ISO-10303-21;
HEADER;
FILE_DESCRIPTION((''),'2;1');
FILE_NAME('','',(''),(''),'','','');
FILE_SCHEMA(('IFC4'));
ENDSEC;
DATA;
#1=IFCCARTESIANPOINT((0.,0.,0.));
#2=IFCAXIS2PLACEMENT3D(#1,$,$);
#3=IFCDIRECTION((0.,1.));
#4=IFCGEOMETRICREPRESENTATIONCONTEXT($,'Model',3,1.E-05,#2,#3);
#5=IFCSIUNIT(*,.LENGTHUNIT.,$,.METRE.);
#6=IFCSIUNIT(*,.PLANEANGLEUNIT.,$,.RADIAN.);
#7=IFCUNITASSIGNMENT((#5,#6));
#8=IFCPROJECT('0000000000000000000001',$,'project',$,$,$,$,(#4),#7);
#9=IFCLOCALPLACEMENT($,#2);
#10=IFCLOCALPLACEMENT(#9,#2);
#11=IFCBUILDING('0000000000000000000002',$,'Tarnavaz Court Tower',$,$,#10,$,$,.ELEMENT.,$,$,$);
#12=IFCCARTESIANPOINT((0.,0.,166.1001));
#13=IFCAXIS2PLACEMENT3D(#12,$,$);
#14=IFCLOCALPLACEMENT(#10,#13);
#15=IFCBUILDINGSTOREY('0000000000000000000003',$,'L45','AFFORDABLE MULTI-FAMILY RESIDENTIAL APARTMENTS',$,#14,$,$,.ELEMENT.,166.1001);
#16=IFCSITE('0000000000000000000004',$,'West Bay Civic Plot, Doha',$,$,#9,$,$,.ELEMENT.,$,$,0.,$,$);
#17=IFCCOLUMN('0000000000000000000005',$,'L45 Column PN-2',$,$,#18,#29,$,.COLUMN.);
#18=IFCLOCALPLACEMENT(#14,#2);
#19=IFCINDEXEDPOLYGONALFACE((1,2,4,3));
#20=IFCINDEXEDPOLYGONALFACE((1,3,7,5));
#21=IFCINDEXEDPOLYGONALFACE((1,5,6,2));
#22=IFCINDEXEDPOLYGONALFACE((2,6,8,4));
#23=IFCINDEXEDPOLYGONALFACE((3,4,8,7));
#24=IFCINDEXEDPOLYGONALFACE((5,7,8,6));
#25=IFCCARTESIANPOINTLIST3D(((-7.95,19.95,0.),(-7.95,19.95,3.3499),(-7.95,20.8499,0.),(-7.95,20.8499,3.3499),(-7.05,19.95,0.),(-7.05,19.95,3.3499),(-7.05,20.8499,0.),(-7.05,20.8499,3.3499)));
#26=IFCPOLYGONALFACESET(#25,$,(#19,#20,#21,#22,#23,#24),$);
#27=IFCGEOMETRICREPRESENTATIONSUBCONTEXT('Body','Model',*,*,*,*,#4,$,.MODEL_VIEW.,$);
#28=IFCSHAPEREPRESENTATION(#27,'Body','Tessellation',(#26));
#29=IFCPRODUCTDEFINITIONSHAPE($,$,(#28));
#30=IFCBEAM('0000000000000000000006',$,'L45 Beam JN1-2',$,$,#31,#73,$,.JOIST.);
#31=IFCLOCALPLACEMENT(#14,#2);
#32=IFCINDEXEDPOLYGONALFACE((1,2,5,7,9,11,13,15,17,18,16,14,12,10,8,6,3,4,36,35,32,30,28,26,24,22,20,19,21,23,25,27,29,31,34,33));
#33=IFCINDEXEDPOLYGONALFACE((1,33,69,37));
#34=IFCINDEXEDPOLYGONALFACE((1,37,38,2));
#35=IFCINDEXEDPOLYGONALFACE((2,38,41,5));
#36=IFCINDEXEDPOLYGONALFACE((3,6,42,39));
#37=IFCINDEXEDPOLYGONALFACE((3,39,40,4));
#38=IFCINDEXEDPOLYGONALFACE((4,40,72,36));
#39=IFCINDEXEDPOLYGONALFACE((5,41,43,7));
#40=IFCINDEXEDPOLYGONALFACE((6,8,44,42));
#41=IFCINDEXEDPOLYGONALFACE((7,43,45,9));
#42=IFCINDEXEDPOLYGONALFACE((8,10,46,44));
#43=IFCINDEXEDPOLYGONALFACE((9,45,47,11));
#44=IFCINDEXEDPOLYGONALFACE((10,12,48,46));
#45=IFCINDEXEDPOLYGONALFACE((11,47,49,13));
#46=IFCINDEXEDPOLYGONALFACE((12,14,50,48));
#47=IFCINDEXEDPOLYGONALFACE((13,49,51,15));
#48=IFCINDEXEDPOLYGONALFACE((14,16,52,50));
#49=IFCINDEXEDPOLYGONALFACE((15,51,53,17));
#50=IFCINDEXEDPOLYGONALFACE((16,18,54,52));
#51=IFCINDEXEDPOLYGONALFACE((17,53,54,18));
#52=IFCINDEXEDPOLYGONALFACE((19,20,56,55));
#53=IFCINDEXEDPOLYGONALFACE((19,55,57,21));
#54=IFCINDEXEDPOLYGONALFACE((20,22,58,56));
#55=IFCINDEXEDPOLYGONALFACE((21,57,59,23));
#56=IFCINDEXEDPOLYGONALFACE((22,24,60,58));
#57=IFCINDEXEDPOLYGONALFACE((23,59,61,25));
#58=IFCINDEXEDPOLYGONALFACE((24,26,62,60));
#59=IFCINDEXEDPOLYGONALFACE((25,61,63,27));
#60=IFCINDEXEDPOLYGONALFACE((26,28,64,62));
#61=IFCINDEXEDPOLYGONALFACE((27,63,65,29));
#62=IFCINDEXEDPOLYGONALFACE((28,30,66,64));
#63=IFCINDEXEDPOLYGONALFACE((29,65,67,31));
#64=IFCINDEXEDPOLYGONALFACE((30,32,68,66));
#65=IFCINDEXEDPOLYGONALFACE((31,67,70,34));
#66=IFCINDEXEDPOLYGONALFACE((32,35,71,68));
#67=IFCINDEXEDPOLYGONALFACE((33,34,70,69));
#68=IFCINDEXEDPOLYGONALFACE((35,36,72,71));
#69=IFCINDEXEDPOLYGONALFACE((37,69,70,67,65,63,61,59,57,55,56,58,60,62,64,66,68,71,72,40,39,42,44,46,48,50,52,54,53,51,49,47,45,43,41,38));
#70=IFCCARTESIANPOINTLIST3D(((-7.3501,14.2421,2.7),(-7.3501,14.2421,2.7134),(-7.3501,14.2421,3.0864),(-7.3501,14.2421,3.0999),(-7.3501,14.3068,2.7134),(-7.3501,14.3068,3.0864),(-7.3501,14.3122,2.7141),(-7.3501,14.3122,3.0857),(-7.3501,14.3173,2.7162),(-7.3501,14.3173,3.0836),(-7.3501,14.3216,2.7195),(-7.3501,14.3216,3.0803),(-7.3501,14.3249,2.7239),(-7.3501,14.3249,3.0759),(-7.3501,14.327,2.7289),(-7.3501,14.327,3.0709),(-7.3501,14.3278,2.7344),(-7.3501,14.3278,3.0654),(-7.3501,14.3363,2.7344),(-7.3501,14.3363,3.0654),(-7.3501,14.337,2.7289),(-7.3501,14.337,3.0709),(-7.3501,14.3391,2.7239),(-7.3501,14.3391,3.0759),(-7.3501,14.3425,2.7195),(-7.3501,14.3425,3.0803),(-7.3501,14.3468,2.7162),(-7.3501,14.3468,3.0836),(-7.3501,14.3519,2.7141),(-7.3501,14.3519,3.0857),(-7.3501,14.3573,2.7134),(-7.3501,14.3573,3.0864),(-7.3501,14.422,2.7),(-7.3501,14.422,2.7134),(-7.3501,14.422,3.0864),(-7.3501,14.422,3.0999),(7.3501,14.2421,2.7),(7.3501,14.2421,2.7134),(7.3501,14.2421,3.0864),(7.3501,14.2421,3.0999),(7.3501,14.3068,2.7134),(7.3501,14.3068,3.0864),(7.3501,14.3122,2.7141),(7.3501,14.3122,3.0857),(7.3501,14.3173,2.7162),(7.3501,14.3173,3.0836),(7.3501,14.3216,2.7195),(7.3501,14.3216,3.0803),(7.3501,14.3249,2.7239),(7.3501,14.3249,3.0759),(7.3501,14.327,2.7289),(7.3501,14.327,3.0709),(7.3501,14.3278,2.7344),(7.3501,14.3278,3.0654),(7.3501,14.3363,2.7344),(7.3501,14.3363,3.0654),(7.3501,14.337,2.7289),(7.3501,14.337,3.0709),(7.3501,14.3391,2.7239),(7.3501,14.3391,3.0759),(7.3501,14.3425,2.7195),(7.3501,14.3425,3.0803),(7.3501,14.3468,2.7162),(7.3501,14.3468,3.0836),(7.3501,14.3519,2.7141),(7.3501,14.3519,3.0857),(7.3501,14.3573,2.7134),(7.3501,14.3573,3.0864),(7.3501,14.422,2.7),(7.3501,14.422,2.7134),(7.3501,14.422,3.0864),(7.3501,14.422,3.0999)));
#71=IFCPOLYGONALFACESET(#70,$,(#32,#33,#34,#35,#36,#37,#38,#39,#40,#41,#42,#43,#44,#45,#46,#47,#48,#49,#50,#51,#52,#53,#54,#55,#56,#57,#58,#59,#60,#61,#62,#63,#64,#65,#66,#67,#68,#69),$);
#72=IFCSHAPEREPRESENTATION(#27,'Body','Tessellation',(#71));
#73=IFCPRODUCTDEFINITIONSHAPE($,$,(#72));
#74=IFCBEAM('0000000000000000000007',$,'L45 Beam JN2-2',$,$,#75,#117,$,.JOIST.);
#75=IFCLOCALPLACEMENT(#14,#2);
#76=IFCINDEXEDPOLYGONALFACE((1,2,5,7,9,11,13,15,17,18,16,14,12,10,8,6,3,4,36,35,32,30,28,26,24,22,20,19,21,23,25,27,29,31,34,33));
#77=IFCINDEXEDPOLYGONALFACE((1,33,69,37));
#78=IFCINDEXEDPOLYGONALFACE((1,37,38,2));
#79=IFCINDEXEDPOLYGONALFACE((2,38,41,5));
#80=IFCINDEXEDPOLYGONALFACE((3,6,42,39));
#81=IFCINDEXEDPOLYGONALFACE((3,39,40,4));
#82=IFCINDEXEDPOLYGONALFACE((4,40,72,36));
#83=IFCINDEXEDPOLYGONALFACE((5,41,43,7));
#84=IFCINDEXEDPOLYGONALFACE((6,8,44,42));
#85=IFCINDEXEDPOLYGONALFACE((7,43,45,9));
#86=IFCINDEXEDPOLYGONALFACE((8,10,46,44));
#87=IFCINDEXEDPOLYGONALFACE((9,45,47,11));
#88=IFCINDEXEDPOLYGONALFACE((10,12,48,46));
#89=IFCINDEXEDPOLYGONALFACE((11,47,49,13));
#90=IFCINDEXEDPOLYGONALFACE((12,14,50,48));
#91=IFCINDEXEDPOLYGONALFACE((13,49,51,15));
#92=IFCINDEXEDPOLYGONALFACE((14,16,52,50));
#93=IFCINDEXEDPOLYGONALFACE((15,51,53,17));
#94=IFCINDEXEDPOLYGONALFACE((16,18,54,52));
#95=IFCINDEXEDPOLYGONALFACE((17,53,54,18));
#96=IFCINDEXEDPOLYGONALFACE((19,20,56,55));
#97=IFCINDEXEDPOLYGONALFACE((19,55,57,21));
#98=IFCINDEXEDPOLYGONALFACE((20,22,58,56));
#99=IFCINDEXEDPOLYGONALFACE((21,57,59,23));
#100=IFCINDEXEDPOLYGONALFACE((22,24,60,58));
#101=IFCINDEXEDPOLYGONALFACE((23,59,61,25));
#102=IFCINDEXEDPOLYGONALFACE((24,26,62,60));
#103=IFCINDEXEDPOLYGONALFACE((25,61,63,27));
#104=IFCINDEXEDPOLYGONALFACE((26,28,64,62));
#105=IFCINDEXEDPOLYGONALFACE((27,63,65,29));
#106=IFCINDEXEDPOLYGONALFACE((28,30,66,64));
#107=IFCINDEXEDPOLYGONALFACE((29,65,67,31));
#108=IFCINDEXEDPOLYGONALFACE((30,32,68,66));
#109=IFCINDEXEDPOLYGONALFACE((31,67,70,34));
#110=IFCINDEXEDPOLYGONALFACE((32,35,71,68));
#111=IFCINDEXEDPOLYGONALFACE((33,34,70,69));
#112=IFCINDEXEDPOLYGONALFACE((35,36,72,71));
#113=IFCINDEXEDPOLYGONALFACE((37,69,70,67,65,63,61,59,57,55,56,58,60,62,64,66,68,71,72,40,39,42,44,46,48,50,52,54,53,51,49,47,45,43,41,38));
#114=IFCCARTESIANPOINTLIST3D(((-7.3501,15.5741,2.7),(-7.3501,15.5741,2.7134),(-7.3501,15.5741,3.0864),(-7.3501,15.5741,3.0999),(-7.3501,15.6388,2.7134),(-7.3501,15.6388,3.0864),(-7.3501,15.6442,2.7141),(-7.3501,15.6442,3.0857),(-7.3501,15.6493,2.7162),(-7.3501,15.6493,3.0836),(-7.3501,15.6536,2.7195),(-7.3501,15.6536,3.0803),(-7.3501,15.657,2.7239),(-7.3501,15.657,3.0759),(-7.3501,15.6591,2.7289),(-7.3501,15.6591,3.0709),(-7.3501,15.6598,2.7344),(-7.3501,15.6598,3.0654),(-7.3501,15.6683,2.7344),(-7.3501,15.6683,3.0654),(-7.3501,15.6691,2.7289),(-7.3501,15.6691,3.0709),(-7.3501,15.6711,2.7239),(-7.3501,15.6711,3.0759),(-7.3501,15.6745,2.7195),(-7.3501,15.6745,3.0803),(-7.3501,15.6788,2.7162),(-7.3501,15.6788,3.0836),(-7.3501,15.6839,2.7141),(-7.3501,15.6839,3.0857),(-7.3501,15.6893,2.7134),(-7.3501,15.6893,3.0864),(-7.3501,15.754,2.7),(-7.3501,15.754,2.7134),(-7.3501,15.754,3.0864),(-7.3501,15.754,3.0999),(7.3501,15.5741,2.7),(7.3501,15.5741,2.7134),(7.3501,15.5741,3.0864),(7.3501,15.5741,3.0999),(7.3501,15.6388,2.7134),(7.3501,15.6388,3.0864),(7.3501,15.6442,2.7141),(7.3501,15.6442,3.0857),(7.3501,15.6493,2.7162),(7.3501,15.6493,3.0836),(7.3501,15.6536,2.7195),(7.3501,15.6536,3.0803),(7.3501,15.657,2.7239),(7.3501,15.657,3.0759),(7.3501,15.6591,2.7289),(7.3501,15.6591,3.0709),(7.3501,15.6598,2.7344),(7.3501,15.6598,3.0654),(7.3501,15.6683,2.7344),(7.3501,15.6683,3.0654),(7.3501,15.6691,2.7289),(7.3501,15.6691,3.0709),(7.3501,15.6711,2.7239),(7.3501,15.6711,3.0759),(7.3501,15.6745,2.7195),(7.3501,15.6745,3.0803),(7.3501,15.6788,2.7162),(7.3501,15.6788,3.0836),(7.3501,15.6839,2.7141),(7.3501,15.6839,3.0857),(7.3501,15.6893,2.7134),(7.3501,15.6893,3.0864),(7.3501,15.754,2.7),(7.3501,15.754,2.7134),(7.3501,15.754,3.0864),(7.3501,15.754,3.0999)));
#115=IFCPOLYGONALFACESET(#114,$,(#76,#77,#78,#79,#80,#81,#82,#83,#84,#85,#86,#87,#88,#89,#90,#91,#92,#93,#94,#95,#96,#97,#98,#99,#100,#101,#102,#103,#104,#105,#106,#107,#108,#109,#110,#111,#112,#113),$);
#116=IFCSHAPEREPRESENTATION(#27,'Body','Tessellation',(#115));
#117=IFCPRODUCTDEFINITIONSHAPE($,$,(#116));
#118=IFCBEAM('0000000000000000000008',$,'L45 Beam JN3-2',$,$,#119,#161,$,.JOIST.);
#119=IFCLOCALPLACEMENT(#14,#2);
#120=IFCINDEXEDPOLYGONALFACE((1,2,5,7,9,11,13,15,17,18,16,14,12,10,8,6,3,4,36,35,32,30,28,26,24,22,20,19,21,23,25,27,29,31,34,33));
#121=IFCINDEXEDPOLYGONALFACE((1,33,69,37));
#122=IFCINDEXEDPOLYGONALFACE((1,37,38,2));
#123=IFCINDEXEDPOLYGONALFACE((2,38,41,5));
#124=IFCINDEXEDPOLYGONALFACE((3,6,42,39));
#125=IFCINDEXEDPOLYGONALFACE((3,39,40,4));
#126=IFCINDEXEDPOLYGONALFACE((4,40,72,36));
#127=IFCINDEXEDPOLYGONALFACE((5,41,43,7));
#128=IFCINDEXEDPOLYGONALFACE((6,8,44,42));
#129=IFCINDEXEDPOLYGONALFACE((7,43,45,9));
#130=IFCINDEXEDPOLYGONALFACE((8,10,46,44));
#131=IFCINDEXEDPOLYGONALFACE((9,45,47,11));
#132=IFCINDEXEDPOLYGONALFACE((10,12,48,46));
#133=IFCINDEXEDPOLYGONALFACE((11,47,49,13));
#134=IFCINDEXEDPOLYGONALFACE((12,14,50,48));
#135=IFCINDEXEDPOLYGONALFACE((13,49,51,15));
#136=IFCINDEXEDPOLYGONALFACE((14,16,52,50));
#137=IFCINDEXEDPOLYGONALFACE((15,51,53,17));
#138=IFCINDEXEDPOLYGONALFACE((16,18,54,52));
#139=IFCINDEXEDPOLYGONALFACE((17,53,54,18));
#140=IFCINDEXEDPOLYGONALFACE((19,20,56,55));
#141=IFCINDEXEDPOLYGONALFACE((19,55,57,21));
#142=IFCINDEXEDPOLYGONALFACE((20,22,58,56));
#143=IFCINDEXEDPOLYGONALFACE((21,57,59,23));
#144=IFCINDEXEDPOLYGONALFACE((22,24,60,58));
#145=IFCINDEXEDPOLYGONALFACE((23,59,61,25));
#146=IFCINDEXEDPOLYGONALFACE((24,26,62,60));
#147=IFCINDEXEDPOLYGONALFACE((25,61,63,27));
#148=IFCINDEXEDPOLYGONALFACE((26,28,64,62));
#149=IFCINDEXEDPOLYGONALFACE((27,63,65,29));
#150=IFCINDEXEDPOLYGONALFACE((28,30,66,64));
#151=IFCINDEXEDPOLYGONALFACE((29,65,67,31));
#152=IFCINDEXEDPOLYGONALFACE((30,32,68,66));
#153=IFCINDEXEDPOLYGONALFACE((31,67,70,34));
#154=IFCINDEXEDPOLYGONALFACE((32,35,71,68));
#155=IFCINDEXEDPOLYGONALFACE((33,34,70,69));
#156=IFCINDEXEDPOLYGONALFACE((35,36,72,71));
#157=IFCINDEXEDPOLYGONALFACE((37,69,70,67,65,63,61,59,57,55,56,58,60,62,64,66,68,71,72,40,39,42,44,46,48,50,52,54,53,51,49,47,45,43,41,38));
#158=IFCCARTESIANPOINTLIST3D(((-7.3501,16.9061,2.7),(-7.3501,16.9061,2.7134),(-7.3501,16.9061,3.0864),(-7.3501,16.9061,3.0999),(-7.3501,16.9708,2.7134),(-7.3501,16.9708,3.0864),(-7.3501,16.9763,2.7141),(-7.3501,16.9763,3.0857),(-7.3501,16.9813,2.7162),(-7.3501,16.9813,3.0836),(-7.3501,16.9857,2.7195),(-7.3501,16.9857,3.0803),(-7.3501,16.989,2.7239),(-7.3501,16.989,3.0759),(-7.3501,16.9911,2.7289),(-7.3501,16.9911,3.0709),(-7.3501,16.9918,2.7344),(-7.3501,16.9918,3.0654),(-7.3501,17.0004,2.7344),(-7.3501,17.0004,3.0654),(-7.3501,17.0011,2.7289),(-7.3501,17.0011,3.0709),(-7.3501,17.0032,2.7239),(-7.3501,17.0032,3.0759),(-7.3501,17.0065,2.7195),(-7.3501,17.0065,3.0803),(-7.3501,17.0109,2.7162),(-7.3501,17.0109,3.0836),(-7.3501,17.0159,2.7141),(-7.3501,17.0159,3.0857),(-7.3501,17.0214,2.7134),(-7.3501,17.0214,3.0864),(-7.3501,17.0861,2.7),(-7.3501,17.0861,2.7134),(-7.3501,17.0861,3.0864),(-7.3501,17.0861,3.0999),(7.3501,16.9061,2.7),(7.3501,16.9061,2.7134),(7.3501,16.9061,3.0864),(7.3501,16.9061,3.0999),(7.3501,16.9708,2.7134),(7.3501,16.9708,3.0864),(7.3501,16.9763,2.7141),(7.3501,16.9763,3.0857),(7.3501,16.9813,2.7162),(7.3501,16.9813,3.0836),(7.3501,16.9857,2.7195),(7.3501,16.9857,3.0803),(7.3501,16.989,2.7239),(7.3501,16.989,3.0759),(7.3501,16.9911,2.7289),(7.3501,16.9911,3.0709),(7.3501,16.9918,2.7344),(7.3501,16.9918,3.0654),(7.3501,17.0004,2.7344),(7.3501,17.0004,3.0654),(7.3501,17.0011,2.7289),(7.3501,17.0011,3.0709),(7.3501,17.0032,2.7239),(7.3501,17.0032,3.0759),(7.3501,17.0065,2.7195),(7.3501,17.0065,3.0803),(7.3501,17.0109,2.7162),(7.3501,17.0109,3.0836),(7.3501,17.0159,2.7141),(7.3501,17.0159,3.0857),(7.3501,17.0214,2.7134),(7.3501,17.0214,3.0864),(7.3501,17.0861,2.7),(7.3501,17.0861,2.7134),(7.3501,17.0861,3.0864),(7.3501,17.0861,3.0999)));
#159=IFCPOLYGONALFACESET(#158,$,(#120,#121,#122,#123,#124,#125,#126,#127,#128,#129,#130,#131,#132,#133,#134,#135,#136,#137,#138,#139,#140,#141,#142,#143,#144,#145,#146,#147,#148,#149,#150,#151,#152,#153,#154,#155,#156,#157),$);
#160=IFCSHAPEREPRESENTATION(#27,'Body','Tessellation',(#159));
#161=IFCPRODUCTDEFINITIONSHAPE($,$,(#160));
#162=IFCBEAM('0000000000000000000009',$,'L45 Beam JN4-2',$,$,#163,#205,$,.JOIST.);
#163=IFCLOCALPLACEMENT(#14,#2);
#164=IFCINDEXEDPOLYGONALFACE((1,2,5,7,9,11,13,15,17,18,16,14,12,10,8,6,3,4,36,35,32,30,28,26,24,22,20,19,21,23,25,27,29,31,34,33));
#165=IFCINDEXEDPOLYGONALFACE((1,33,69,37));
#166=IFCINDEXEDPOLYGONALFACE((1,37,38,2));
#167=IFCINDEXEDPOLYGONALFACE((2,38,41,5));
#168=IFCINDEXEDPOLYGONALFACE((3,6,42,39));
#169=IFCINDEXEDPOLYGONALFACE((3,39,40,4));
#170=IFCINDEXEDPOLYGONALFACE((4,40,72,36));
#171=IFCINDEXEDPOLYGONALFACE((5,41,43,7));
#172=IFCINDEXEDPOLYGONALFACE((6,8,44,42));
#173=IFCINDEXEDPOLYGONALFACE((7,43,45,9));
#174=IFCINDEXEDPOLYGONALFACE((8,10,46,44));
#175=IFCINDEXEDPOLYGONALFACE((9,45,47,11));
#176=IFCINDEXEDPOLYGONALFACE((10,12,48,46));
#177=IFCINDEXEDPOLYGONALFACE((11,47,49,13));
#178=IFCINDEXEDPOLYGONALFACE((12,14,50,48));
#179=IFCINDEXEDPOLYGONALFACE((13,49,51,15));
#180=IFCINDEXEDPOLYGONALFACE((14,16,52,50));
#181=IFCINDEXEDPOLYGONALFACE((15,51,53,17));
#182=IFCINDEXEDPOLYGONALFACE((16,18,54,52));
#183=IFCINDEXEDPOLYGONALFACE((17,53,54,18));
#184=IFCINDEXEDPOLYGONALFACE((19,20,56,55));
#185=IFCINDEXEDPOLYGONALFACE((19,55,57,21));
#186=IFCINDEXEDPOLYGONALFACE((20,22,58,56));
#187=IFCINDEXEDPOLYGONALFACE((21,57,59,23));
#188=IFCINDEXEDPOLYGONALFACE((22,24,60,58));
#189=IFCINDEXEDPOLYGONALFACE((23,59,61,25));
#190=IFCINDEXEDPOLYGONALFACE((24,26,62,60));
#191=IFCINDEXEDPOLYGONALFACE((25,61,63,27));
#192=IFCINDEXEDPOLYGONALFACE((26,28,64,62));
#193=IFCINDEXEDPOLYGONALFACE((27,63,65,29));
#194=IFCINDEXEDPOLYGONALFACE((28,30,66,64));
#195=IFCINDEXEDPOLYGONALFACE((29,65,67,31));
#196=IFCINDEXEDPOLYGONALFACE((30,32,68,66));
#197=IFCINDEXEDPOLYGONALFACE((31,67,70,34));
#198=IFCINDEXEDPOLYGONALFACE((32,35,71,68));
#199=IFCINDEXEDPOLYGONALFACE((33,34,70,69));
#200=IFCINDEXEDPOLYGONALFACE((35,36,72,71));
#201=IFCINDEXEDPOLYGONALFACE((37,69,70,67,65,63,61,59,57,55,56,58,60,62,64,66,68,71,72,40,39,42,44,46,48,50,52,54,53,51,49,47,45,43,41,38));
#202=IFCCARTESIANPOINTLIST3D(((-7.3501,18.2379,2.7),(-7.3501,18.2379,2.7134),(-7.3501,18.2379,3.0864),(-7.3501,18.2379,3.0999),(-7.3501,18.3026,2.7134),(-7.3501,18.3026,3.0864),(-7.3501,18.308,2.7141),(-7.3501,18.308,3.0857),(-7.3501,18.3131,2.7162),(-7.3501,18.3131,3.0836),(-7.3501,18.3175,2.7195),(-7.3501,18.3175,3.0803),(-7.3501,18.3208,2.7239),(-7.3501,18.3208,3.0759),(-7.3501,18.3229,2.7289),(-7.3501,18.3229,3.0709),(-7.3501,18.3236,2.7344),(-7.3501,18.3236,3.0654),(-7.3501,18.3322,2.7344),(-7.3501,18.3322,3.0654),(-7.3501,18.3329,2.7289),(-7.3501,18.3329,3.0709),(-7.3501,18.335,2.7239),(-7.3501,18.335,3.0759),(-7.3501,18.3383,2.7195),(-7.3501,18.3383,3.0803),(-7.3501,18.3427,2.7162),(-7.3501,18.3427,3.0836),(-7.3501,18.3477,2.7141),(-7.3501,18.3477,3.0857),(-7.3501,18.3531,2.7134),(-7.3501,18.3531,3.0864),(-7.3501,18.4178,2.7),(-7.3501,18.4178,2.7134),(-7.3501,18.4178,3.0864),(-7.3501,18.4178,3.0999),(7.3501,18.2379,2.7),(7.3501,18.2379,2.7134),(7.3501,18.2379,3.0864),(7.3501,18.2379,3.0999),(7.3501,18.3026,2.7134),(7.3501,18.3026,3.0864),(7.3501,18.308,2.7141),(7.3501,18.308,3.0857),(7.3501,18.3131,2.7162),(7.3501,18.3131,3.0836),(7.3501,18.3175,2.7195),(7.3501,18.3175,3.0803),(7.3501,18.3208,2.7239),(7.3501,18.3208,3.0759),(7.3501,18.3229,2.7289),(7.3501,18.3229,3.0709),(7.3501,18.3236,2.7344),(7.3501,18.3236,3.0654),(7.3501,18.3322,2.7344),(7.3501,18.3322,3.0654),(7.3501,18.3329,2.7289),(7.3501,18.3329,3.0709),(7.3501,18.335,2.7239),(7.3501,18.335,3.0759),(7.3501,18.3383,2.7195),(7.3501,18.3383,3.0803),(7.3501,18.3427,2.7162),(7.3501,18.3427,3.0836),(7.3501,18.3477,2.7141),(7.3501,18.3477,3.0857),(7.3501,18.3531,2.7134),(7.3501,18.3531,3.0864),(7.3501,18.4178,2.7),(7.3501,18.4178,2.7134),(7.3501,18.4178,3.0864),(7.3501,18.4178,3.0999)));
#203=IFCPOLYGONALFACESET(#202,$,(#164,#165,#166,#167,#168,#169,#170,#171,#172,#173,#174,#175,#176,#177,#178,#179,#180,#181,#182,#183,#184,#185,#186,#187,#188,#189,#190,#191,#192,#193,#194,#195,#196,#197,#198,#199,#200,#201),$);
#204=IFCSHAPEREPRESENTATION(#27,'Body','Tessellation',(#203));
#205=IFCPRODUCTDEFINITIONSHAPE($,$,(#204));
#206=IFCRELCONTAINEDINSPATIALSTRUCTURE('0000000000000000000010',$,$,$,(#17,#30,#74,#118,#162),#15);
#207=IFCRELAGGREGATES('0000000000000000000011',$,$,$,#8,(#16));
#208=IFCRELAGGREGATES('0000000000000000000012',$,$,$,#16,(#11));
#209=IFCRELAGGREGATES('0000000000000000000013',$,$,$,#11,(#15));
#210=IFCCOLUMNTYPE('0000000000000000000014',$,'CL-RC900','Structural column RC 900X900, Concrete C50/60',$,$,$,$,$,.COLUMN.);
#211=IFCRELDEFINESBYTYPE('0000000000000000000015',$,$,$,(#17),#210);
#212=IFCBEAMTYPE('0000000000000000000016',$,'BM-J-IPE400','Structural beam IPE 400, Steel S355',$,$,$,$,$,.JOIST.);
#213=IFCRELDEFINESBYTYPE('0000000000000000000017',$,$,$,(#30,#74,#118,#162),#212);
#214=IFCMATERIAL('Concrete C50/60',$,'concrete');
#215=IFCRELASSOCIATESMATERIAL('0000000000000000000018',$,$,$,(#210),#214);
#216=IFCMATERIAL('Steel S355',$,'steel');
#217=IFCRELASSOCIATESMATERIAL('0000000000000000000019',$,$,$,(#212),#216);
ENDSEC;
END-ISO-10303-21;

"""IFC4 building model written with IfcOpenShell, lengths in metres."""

from ifc_helpers import new_model, si_unit, direction, frame, origin, origin_2d, place, context, subcontext, project, spatial, rectangle, i_section, extrude, material, material_profile, profile_set, type_object, element, save


model = new_model("IFC4")

# Units and contexts
model_context = context("Model", 3, precision=1e-05, world=origin(), true_north=direction((0.0, 1.0)))
body_context = subcontext(model_context, "Body", "Model", "MODEL_VIEW")
ifc_project = project(units=[si_unit("LENGTHUNIT", "METRE"), si_unit("PLANEANGLEUNIT", "RADIAN")], contexts=[model_context])

# Site, building, storey
site_placement = place(None, origin())
site = spatial("IfcSite", under=ifc_project, at=site_placement, Name="West Bay Civic Plot, Doha", CompositionType="ELEMENT", RefElevation=0.0)
building_placement = place(site_placement, origin())
building = spatial("IfcBuilding", under=site, at=building_placement, Name="Tarnavaz Court Tower", CompositionType="ELEMENT")
storey_placement = place(building_placement, frame((0.0, 0.0, 166.1001)))
storey = spatial("IfcBuildingStorey", under=building, at=storey_placement, Name="L45", Description="AFFORDABLE MULTI-FAMILY RESIDENTIAL APARTMENTS", CompositionType="ELEMENT", Elevation=166.1001)

# Column
ifc_material_1 = material(Name="Concrete C50/60", Category="concrete")
ifc_material_profile_1 = material_profile(ifc_material_1, rectangle(XDim=0.8999, YDim=0.8999, at=origin_2d()), Name="RC 900X900")
ifc_profile_set_1 = profile_set([ifc_material_profile_1], Name="Concrete C50/60")
column_type = type_object("IfcColumnType", Name="CL-RC900", Description="Structural column RC 900X900, Concrete C50/60", PredefinedType="COLUMN", material=ifc_profile_set_1)
column_placement = place(storey_placement, frame((-7.5, 20.3999, 0.0), z_axis=(0.0, 0.0, 1.0), x_axis=(1.0, 0.0, 0.0)))
element("IfcColumn", 1, at=column_placement, inside=storey, type_object=column_type, Name="L45 Column PN-2", PredefinedType="COLUMN", context=body_context, shape_type="SweptSolid", body=[
    extrude(rectangle(XDim=0.8999, YDim=0.8999, at=origin_2d()), origin(), (0.0, 0.0, 1.0), 3.3499),
])

# Beams
ifc_material_2 = material(Name="Steel S355", Category="steel")
ifc_material_profile_2 = material_profile(ifc_material_2, i_section(OverallWidth=0.1799, OverallDepth=0.3999, WebThickness=0.0085, FlangeThickness=0.0134, FilletRadius=0.021, at=origin_2d()), Name="IPE 400")
ifc_profile_set_2 = profile_set([ifc_material_profile_2], Name="Steel S355")
beam_type_1 = type_object("IfcBeamType", Name="BM-J-IPE400", Description="Structural beam IPE 400, Steel S355", PredefinedType="JOIST", material=ifc_profile_set_2)
for number, where, z_axis, x_axis, name in (
    (2, (-7.3501, 14.332, 2.8999), (1.0, 0.0, 0.0), (0.0, 1.0, 0.0), "L45 Beam JN1-2"),
    (3, (-7.3501, 15.6641, 2.8999), (1.0, 0.0, 0.0), (0.0, 1.0, 0.0), "L45 Beam JN2-2"),
    (4, (-7.3501, 16.9961, 2.8999), (1.0, 0.0, 0.0), (0.0, 1.0, 0.0), "L45 Beam JN3-2"),
    (5, (-7.3501, 18.3279, 2.8999), (1.0, 0.0, 0.0), (0.0, 1.0, 0.0), "L45 Beam JN4-2"),
):
    element("IfcBeam", number, at=place(storey_placement, frame(where, z_axis=z_axis, x_axis=x_axis)), inside=storey, type_object=beam_type_1, Name=name, PredefinedType="JOIST", context=body_context, shape_type="SweptSolid", body=[
        extrude(i_section(OverallWidth=0.1799, OverallDepth=0.3999, WebThickness=0.0085, FlangeThickness=0.0134, FilletRadius=0.021, at=origin_2d()), origin(), (0.0, 0.0, 1.0), 14.7002),
    ])

save(model, "model.ifc")
